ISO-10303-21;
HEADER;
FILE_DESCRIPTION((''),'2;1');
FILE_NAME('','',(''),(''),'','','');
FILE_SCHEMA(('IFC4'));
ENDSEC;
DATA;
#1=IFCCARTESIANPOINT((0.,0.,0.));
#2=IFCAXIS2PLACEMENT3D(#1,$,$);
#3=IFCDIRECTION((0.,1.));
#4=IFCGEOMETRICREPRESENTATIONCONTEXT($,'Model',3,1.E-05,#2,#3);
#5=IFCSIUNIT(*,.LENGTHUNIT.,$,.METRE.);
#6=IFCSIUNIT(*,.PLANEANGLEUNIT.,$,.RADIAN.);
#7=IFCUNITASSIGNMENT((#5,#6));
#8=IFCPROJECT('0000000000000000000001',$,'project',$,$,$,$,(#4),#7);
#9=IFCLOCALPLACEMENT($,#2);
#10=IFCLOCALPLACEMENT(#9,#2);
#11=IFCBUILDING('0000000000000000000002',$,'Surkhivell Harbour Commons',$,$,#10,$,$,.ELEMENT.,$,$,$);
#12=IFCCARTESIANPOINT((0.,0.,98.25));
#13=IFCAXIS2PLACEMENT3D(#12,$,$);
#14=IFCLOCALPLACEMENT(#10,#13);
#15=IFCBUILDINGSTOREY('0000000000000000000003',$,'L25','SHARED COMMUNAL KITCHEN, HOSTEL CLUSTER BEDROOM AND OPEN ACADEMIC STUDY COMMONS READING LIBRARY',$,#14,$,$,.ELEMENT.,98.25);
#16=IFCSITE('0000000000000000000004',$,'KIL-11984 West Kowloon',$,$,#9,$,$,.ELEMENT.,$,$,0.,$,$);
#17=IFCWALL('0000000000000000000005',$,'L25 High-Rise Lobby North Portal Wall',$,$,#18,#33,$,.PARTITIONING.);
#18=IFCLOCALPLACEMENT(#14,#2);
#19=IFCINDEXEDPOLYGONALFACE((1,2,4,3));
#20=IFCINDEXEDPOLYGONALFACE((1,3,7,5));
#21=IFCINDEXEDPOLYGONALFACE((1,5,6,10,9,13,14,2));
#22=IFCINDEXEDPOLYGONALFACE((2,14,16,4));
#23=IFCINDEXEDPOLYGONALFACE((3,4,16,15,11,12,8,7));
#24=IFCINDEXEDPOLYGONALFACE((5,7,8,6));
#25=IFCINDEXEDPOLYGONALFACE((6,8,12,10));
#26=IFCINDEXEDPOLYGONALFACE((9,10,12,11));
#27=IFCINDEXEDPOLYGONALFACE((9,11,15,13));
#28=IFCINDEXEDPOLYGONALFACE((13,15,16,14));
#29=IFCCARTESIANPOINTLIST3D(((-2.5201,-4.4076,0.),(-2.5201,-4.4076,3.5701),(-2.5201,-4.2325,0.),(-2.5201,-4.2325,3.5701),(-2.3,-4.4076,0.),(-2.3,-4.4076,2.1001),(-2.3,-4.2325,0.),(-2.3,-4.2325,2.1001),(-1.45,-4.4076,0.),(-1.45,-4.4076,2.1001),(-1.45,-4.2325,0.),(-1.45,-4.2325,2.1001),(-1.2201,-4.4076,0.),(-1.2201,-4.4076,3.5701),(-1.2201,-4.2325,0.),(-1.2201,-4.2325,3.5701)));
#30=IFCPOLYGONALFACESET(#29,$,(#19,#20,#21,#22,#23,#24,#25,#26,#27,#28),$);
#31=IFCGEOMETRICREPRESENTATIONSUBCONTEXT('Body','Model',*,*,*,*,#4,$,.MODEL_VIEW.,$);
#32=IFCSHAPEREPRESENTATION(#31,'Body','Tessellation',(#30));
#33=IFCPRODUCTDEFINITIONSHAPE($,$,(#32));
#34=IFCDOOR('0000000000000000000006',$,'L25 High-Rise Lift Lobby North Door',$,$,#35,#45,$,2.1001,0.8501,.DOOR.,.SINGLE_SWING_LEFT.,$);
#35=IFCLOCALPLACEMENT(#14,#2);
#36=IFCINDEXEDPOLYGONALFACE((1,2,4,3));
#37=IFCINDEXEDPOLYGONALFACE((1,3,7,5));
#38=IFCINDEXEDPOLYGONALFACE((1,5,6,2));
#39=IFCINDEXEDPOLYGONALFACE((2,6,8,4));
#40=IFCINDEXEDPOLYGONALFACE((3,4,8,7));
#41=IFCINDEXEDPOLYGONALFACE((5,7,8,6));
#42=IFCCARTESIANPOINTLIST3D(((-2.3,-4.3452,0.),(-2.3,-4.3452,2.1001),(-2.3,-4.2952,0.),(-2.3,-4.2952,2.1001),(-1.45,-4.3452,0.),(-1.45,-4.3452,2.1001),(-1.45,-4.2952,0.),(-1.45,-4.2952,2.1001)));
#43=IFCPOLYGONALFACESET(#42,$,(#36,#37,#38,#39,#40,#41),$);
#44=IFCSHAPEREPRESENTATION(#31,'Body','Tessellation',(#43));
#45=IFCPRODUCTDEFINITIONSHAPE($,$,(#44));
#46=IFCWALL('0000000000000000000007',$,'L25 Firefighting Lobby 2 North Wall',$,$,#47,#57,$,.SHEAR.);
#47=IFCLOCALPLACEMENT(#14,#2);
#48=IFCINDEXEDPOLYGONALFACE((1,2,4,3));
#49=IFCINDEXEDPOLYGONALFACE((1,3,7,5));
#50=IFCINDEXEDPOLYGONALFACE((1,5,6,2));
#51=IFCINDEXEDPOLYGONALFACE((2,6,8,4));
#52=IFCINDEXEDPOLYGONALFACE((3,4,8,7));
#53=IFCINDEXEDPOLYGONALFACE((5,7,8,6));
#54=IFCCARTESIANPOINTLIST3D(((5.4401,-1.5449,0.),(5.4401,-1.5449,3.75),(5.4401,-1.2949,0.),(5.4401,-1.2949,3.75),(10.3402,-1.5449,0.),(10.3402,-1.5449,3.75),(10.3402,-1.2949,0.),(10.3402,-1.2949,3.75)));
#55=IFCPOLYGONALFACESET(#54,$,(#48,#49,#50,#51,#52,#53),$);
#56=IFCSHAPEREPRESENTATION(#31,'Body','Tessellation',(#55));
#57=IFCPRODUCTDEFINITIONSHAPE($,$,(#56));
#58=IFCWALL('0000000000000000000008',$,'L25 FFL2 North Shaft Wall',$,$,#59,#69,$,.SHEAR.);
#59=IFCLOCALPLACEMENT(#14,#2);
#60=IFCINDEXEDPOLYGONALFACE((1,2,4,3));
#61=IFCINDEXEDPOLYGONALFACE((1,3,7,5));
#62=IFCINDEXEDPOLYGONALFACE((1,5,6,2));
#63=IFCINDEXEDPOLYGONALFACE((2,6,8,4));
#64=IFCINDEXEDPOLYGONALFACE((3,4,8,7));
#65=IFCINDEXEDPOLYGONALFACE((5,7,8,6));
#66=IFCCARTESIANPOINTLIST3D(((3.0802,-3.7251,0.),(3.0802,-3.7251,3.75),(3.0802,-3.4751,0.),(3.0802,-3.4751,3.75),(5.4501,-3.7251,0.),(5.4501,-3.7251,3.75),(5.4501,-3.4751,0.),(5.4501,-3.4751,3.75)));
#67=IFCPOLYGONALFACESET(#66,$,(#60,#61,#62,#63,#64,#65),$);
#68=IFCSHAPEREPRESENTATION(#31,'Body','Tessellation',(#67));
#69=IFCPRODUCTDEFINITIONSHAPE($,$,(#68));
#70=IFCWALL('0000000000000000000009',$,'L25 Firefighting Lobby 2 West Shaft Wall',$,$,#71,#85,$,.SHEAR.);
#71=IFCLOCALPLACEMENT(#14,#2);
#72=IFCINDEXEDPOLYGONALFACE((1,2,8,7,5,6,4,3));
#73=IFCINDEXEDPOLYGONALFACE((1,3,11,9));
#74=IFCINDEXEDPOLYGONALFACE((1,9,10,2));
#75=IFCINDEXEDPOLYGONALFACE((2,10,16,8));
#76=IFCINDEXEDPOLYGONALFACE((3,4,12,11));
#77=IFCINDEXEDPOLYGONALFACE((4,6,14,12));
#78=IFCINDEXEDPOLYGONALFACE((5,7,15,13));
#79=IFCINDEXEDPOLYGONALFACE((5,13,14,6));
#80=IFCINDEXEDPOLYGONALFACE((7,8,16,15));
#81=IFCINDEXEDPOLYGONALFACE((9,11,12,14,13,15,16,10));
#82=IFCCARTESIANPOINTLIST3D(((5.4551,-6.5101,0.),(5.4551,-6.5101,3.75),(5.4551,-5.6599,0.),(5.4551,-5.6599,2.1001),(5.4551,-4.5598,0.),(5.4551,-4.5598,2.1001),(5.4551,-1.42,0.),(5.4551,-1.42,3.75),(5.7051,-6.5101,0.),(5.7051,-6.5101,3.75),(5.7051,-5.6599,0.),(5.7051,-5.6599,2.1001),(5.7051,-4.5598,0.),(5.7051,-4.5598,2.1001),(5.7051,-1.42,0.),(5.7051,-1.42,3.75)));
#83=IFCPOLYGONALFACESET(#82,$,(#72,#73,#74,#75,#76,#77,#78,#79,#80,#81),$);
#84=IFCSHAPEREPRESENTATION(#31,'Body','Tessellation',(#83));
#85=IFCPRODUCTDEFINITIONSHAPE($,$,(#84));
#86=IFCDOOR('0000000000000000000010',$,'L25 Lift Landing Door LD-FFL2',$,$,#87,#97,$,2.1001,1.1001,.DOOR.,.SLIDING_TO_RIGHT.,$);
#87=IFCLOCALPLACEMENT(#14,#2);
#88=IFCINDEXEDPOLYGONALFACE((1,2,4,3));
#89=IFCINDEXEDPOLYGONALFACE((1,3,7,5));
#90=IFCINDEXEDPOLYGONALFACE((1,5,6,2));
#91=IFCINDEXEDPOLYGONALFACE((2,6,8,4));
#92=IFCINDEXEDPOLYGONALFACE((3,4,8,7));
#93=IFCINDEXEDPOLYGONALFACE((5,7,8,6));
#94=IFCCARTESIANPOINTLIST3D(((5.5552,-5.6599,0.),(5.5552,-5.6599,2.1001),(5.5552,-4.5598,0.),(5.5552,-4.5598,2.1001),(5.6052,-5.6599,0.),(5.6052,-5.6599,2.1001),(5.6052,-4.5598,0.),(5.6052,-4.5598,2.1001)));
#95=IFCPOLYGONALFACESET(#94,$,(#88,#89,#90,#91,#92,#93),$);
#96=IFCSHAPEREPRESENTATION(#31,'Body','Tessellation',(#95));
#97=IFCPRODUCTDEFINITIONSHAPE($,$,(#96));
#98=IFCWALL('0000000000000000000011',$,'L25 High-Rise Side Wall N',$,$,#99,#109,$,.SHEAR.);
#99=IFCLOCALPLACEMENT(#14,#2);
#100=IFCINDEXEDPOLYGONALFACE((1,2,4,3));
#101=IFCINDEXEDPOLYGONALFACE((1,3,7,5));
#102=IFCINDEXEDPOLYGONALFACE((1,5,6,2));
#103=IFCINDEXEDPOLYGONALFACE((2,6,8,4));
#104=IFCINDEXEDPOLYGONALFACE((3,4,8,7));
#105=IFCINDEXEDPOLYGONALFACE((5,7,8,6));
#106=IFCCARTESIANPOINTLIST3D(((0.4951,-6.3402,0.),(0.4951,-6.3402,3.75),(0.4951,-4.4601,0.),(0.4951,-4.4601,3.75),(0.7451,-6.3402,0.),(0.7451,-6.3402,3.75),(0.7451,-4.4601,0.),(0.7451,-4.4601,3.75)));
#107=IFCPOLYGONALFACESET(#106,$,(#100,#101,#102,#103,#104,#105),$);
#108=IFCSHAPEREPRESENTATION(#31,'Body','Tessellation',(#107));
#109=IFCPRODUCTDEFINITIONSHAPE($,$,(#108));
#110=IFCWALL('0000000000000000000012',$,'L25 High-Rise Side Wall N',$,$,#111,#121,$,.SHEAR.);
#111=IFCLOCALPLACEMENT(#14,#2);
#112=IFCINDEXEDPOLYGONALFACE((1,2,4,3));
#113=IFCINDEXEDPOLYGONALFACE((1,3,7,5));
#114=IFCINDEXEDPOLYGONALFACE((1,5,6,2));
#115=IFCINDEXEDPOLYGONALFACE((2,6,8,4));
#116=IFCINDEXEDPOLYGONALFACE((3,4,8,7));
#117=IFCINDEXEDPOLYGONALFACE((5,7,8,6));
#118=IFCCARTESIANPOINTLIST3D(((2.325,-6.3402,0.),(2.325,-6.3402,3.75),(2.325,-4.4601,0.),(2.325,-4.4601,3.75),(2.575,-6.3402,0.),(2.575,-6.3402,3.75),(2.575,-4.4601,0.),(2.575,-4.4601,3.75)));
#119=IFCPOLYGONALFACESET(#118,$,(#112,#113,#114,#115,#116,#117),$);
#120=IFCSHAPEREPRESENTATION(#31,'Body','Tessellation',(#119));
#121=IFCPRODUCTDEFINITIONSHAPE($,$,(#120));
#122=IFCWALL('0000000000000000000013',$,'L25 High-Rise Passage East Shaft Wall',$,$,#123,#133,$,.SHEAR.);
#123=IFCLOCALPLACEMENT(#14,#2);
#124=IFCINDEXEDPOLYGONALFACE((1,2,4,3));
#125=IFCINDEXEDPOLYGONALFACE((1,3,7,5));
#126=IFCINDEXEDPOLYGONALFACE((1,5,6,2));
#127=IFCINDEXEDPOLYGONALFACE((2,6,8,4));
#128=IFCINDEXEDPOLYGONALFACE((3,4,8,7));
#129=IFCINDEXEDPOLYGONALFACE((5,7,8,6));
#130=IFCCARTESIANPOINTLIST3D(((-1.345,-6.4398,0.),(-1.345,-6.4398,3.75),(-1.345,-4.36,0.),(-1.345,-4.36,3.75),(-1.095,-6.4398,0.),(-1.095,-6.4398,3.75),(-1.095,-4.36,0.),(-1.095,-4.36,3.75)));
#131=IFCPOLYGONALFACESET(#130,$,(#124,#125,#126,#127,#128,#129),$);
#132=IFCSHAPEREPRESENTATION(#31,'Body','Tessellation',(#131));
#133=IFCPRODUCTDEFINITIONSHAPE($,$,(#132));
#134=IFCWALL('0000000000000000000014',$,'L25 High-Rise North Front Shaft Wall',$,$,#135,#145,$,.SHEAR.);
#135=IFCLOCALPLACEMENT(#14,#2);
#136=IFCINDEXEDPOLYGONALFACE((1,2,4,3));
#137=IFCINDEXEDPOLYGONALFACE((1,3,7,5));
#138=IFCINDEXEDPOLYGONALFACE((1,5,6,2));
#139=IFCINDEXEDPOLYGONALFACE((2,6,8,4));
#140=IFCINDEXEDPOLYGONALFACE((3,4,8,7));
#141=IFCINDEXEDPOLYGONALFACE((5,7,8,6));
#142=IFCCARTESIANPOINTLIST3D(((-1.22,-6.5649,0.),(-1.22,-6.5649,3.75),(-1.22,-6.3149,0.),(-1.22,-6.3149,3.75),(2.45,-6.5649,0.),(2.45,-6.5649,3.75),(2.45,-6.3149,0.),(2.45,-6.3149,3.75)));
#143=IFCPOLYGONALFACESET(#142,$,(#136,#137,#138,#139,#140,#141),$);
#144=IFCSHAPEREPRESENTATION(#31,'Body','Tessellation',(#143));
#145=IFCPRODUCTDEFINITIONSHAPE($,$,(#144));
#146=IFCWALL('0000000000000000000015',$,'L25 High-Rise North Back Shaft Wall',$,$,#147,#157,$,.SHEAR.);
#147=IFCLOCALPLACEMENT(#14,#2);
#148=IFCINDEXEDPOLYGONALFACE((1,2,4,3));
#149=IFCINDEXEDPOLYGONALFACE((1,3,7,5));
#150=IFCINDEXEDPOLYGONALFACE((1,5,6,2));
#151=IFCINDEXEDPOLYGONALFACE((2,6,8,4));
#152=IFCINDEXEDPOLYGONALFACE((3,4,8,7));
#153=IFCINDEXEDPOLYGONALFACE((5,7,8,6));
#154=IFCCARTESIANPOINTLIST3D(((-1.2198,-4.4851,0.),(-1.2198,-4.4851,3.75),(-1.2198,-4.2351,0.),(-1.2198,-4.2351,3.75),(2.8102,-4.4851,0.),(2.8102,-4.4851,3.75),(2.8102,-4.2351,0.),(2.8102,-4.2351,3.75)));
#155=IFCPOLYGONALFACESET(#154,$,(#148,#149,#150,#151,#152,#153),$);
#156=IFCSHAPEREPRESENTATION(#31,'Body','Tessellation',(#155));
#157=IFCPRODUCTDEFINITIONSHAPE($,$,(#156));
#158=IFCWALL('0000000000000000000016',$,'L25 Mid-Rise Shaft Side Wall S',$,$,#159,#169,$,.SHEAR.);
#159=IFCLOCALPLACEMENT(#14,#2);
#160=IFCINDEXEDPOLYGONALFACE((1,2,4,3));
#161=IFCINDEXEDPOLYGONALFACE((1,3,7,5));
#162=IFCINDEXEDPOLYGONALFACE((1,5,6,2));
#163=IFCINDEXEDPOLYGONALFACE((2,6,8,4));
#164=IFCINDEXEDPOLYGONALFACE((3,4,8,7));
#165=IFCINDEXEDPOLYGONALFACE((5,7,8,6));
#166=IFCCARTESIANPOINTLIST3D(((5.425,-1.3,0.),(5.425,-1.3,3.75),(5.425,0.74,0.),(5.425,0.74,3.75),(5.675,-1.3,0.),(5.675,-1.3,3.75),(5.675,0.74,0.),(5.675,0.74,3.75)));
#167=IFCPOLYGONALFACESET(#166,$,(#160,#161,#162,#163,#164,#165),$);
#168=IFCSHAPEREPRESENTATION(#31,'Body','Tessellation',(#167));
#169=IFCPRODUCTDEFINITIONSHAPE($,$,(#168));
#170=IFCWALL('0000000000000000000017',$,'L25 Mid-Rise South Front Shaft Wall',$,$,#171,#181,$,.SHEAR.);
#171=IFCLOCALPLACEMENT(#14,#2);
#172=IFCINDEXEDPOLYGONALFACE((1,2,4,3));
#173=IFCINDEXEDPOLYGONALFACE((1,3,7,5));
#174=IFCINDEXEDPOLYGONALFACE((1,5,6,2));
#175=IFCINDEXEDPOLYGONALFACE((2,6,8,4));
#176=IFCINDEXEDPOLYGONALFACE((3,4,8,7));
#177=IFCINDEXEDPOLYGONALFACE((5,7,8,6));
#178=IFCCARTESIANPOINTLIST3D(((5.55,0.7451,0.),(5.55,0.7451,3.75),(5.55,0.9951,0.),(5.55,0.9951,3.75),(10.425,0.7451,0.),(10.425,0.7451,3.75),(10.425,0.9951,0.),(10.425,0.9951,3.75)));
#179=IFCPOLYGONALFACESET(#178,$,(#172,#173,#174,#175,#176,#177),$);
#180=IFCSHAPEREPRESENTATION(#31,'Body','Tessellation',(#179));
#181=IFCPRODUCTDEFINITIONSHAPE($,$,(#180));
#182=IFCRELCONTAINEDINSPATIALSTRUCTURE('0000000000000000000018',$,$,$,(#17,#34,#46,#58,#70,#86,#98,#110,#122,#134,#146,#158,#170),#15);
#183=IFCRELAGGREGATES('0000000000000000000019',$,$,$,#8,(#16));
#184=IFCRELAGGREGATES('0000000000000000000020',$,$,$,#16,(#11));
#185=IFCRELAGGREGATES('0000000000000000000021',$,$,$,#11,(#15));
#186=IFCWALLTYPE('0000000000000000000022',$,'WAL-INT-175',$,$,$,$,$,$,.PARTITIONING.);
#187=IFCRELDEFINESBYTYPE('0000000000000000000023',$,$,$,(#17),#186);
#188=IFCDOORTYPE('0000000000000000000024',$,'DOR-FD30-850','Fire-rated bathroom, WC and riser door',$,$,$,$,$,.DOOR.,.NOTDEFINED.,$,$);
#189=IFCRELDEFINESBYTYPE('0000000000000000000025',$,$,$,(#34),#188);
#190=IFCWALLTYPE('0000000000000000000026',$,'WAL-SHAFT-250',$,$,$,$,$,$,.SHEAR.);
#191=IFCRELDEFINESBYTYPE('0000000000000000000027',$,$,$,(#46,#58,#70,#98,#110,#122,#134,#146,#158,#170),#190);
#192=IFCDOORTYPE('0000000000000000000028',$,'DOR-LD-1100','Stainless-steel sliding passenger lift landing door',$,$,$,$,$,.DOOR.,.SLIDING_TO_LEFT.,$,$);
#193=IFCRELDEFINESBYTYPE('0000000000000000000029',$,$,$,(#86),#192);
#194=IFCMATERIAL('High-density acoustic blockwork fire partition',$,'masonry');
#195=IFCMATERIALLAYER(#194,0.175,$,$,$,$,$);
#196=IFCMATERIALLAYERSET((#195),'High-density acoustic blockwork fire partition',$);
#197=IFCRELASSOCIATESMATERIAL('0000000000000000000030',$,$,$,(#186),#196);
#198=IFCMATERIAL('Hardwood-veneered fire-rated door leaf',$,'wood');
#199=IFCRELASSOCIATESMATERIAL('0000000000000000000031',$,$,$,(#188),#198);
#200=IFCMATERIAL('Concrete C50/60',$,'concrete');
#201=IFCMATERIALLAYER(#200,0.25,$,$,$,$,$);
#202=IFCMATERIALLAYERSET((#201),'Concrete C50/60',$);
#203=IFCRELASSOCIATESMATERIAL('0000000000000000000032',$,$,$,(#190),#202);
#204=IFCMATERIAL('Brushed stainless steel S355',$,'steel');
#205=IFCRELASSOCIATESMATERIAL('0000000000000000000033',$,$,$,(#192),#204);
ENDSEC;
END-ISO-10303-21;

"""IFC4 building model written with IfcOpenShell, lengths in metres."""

from ifc_helpers import new_model, si_unit, direction, frame, frame_2d, origin, place, context, subcontext, project, spatial, rectangle, extrude, material, layer, layer_set, type_object, element, fill, save


model = new_model("IFC4")

# Units and contexts
model_context = context("Model", 3, precision=1e-05, world=origin(), true_north=direction((0.0, 1.0)))
body_context = subcontext(model_context, "Body", "Model", "MODEL_VIEW")
ifc_project = project(units=[si_unit("LENGTHUNIT", "METRE"), si_unit("PLANEANGLEUNIT", "RADIAN")], contexts=[model_context])

# Site, building, storey
site_placement = place(None, origin())
site = spatial("IfcSite", under=ifc_project, at=site_placement, Name="KIL-11984 West Kowloon", CompositionType="ELEMENT", RefElevation=0.0)
building_placement = place(site_placement, origin())
building = spatial("IfcBuilding", under=site, at=building_placement, Name="Surkhivell Harbour Commons", CompositionType="ELEMENT")
storey_placement = place(building_placement, frame((0.0, 0.0, 98.25)))
storey = spatial("IfcBuildingStorey", under=building, at=storey_placement, Name="L25", Description="SHARED COMMUNAL KITCHEN, HOSTEL CLUSTER BEDROOM AND OPEN ACADEMIC STUDY COMMONS READING LIBRARY", CompositionType="ELEMENT", Elevation=98.25)

# Wall, opening, door
ifc_material_1 = material(Name="High-density acoustic blockwork fire partition", Category="masonry")
ifc_layer_1 = layer(ifc_material_1, 0.175)
ifc_layer_set_1 = layer_set([ifc_layer_1], Name="High-density acoustic blockwork fire partition")
wall_type_1 = type_object("IfcWallType", Name="WAL-INT-175", PredefinedType="PARTITIONING", material=ifc_layer_set_1)
wall_1_placement = place(storey_placement, frame((-2.52, -4.3201, 0.0), z_axis=(0.0, 0.0, 1.0), x_axis=(1.0, 0.0, 0.0)))
wall_1 = element("IfcWall", 1, at=wall_1_placement, inside=storey, type_object=wall_type_1, Name="L25 High-Rise Lobby North Portal Wall", PredefinedType="PARTITIONING", context=body_context, shape_type="SweptSolid", body=[
    extrude(rectangle(XDim=1.3, YDim=0.175, at=frame_2d((0.6499, 0.0))), origin(), (0.0, 0.0, 1.0), 3.5701),
])
opening_1_placement = place(wall_1_placement, frame((0.22, 0.0, 0.0)))
opening_1 = element("IfcOpeningElement", 2, at=opening_1_placement, cuts=wall_1, PredefinedType="OPENING", context=body_context, shape_type="SweptSolid", body=[
    extrude(rectangle(XDim=0.8501, YDim=2.1001, at=frame_2d((0.425, 1.05))), frame((0.0, 0.0974, 0.0), z_axis=(0.0, -1.0, 0.0), x_axis=(1.0, 0.0, 0.0)), (0.0, 0.0, 1.0), 0.1951),
])
ifc_material_2 = material(Name="Hardwood-veneered fire-rated door leaf", Category="wood")
door_type_1 = type_object("IfcDoorType", Name="DOR-FD30-850", Description="Fire-rated bathroom, WC and riser door", OperationType="NOTDEFINED", PredefinedType="DOOR", material=ifc_material_2)
door_1_placement = place(opening_1_placement, origin())
door_1 = element("IfcDoor", 3, at=door_1_placement, inside=storey, type_object=door_type_1, Name="L25 High-Rise Lift Lobby North Door", OperationType="SINGLE_SWING_LEFT", OverallHeight=2.1001, OverallWidth=0.8501, PredefinedType="DOOR", context=body_context, shape_type="SweptSolid", body=[
    extrude(rectangle(XDim=0.8501, YDim=2.1001, at=frame_2d((0.425, 1.05))), frame((0.0, 0.0249, 0.0), z_axis=(0.0, -1.0, 0.0), x_axis=(1.0, 0.0, 0.0)), (0.0, 0.0, 1.0), 0.05),
])
fill(opening_1, door_1)

# Walls
ifc_material_3 = material(Name="Concrete C50/60", Category="concrete")
ifc_layer_2 = layer(ifc_material_3, 0.25)
ifc_layer_set_2 = layer_set([ifc_layer_2], Name="Concrete C50/60")
wall_type_2 = type_object("IfcWallType", Name="WAL-SHAFT-250", PredefinedType="SHEAR", material=ifc_layer_set_2)
wall_2_placement = place(storey_placement, frame((5.4399, -1.4199, 0.0), z_axis=(0.0, 0.0, 1.0), x_axis=(1.0, 0.0, 0.0)))
element("IfcWall", 4, at=wall_2_placement, inside=storey, type_object=wall_type_2, Name="L25 Firefighting Lobby 2 North Wall", PredefinedType="SHEAR", context=body_context, shape_type="SweptSolid", body=[
    extrude(rectangle(XDim=4.9001, YDim=0.25, at=frame_2d((2.4502, 0.0))), origin(), (0.0, 0.0, 1.0), 3.75),
])
wall_3_placement = place(storey_placement, frame((3.0801, -3.6001, 0.0), z_axis=(0.0, 0.0, 1.0), x_axis=(1.0, 0.0, 0.0)))
element("IfcWall", 5, at=wall_3_placement, inside=storey, type_object=wall_type_2, Name="L25 FFL2 North Shaft Wall", PredefinedType="SHEAR", context=body_context, shape_type="SweptSolid", body=[
    extrude(rectangle(XDim=2.3699, YDim=0.25, at=frame_2d((1.1851, 0.0))), origin(), (0.0, 0.0, 1.0), 3.75),
])

# Wall, opening, door
wall_4_placement = place(storey_placement, frame((5.5801, -6.51, 0.0), z_axis=(0.0, 0.0, 1.0), x_axis=(0.0, 1.0, 0.0)))
wall_4 = element("IfcWall", 6, at=wall_4_placement, inside=storey, type_object=wall_type_2, Name="L25 Firefighting Lobby 2 West Shaft Wall", PredefinedType="SHEAR", context=body_context, shape_type="SweptSolid", body=[
    extrude(rectangle(XDim=5.0901, YDim=0.25, at=frame_2d((2.5449, 0.0))), origin(), (0.0, 0.0, 1.0), 3.75),
])
opening_2_placement = place(wall_4_placement, frame((0.8501, 0.0, 0.0)))
opening_2 = element("IfcOpeningElement", 7, at=opening_2_placement, cuts=wall_4, PredefinedType="OPENING", context=body_context, shape_type="SweptSolid", body=[
    extrude(rectangle(XDim=1.1001, YDim=2.1001, at=frame_2d((0.55, 1.05))), frame((0.0, 0.135, 0.0), z_axis=(0.0, -1.0, 0.0), x_axis=(1.0, 0.0, 0.0)), (0.0, 0.0, 1.0), 0.27),
])
ifc_material_4 = material(Name="Brushed stainless steel S355", Category="steel")
door_type_2 = type_object("IfcDoorType", Name="DOR-LD-1100", Description="Stainless-steel sliding passenger lift landing door", OperationType="SLIDING_TO_LEFT", PredefinedType="DOOR", material=ifc_material_4)
door_2_placement = place(opening_2_placement, origin())
door_2 = element("IfcDoor", 8, at=door_2_placement, inside=storey, type_object=door_type_2, Name="L25 Lift Landing Door LD-FFL2", OperationType="SLIDING_TO_RIGHT", OverallHeight=2.1001, OverallWidth=1.1001, PredefinedType="DOOR", context=body_context, shape_type="SweptSolid", body=[
    extrude(rectangle(XDim=1.1001, YDim=2.1001, at=frame_2d((0.55, 1.05))), frame((0.0, 0.0249, 0.0), z_axis=(0.0, -1.0, 0.0), x_axis=(1.0, 0.0, 0.0)), (0.0, 0.0, 1.0), 0.05),
])
fill(opening_2, door_2)

# Walls
for number, where, z_axis, x_axis, name in (
    (9, (0.6201, -6.3401, 0.0), (0.0, 0.0, 1.0), (0.0, 1.0, 0.0), "L25 High-Rise Side Wall N"),
    (10, (2.45, -6.3401, 0.0), (0.0, 0.0, 1.0), (0.0, 1.0, 0.0), "L25 High-Rise Side Wall N"),
):
    element("IfcWall", number, at=place(storey_placement, frame(where, z_axis=z_axis, x_axis=x_axis)), inside=storey, type_object=wall_type_2, Name=name, PredefinedType="SHEAR", context=body_context, shape_type="SweptSolid", body=[
        extrude(rectangle(XDim=1.8801, YDim=0.25, at=frame_2d((0.9399, 0.0))), origin(), (0.0, 0.0, 1.0), 3.75),
    ])
wall_5_placement = place(storey_placement, frame((-1.22, -6.4399, 0.0), z_axis=(0.0, 0.0, 1.0), x_axis=(0.0, 1.0, 0.0)))
element("IfcWall", 11, at=wall_5_placement, inside=storey, type_object=wall_type_2, Name="L25 High-Rise Passage East Shaft Wall", PredefinedType="SHEAR", context=body_context, shape_type="SweptSolid", body=[
    extrude(rectangle(XDim=2.0798, YDim=0.25, at=frame_2d((1.04, 0.0))), origin(), (0.0, 0.0, 1.0), 3.75),
])
wall_6_placement = place(storey_placement, frame((-1.22, -6.4399, 0.0), z_axis=(0.0, 0.0, 1.0), x_axis=(1.0, 0.0, 0.0)))
element("IfcWall", 12, at=wall_6_placement, inside=storey, type_object=wall_type_2, Name="L25 High-Rise North Front Shaft Wall", PredefinedType="SHEAR", context=body_context, shape_type="SweptSolid", body=[
    extrude(rectangle(XDim=3.6699, YDim=0.25, at=frame_2d((1.835, 0.0))), origin(), (0.0, 0.0, 1.0), 3.75),
])
wall_7_placement = place(storey_placement, frame((-1.22, -4.3601, 0.0), z_axis=(0.0, 0.0, 1.0), x_axis=(1.0, 0.0, 0.0)))
element("IfcWall", 13, at=wall_7_placement, inside=storey, type_object=wall_type_2, Name="L25 High-Rise North Back Shaft Wall", PredefinedType="SHEAR", context=body_context, shape_type="SweptSolid", body=[
    extrude(rectangle(XDim=4.03, YDim=0.25, at=frame_2d((2.0151, 0.0))), origin(), (0.0, 0.0, 1.0), 3.75),
])
wall_8_placement = place(storey_placement, frame((5.55, -1.3, 0.0), z_axis=(0.0, 0.0, 1.0), x_axis=(0.0, 1.0, 0.0)))
element("IfcWall", 14, at=wall_8_placement, inside=storey, type_object=wall_type_2, Name="L25 Mid-Rise Shaft Side Wall S", PredefinedType="SHEAR", context=body_context, shape_type="SweptSolid", body=[
    extrude(rectangle(XDim=2.04, YDim=0.25, at=frame_2d((1.02, 0.0))), origin(), (0.0, 0.0, 1.0), 3.75),
])
wall_9_placement = place(storey_placement, frame((5.55, 0.8701, 0.0), z_axis=(0.0, 0.0, 1.0), x_axis=(1.0, 0.0, 0.0)))
element("IfcWall", 15, at=wall_9_placement, inside=storey, type_object=wall_type_2, Name="L25 Mid-Rise South Front Shaft Wall", PredefinedType="SHEAR", context=body_context, shape_type="SweptSolid", body=[
    extrude(rectangle(XDim=4.875, YDim=0.25, at=frame_2d((2.4375, 0.0))), origin(), (0.0, 0.0, 1.0), 3.75),
])

save(model, "model.ifc")
